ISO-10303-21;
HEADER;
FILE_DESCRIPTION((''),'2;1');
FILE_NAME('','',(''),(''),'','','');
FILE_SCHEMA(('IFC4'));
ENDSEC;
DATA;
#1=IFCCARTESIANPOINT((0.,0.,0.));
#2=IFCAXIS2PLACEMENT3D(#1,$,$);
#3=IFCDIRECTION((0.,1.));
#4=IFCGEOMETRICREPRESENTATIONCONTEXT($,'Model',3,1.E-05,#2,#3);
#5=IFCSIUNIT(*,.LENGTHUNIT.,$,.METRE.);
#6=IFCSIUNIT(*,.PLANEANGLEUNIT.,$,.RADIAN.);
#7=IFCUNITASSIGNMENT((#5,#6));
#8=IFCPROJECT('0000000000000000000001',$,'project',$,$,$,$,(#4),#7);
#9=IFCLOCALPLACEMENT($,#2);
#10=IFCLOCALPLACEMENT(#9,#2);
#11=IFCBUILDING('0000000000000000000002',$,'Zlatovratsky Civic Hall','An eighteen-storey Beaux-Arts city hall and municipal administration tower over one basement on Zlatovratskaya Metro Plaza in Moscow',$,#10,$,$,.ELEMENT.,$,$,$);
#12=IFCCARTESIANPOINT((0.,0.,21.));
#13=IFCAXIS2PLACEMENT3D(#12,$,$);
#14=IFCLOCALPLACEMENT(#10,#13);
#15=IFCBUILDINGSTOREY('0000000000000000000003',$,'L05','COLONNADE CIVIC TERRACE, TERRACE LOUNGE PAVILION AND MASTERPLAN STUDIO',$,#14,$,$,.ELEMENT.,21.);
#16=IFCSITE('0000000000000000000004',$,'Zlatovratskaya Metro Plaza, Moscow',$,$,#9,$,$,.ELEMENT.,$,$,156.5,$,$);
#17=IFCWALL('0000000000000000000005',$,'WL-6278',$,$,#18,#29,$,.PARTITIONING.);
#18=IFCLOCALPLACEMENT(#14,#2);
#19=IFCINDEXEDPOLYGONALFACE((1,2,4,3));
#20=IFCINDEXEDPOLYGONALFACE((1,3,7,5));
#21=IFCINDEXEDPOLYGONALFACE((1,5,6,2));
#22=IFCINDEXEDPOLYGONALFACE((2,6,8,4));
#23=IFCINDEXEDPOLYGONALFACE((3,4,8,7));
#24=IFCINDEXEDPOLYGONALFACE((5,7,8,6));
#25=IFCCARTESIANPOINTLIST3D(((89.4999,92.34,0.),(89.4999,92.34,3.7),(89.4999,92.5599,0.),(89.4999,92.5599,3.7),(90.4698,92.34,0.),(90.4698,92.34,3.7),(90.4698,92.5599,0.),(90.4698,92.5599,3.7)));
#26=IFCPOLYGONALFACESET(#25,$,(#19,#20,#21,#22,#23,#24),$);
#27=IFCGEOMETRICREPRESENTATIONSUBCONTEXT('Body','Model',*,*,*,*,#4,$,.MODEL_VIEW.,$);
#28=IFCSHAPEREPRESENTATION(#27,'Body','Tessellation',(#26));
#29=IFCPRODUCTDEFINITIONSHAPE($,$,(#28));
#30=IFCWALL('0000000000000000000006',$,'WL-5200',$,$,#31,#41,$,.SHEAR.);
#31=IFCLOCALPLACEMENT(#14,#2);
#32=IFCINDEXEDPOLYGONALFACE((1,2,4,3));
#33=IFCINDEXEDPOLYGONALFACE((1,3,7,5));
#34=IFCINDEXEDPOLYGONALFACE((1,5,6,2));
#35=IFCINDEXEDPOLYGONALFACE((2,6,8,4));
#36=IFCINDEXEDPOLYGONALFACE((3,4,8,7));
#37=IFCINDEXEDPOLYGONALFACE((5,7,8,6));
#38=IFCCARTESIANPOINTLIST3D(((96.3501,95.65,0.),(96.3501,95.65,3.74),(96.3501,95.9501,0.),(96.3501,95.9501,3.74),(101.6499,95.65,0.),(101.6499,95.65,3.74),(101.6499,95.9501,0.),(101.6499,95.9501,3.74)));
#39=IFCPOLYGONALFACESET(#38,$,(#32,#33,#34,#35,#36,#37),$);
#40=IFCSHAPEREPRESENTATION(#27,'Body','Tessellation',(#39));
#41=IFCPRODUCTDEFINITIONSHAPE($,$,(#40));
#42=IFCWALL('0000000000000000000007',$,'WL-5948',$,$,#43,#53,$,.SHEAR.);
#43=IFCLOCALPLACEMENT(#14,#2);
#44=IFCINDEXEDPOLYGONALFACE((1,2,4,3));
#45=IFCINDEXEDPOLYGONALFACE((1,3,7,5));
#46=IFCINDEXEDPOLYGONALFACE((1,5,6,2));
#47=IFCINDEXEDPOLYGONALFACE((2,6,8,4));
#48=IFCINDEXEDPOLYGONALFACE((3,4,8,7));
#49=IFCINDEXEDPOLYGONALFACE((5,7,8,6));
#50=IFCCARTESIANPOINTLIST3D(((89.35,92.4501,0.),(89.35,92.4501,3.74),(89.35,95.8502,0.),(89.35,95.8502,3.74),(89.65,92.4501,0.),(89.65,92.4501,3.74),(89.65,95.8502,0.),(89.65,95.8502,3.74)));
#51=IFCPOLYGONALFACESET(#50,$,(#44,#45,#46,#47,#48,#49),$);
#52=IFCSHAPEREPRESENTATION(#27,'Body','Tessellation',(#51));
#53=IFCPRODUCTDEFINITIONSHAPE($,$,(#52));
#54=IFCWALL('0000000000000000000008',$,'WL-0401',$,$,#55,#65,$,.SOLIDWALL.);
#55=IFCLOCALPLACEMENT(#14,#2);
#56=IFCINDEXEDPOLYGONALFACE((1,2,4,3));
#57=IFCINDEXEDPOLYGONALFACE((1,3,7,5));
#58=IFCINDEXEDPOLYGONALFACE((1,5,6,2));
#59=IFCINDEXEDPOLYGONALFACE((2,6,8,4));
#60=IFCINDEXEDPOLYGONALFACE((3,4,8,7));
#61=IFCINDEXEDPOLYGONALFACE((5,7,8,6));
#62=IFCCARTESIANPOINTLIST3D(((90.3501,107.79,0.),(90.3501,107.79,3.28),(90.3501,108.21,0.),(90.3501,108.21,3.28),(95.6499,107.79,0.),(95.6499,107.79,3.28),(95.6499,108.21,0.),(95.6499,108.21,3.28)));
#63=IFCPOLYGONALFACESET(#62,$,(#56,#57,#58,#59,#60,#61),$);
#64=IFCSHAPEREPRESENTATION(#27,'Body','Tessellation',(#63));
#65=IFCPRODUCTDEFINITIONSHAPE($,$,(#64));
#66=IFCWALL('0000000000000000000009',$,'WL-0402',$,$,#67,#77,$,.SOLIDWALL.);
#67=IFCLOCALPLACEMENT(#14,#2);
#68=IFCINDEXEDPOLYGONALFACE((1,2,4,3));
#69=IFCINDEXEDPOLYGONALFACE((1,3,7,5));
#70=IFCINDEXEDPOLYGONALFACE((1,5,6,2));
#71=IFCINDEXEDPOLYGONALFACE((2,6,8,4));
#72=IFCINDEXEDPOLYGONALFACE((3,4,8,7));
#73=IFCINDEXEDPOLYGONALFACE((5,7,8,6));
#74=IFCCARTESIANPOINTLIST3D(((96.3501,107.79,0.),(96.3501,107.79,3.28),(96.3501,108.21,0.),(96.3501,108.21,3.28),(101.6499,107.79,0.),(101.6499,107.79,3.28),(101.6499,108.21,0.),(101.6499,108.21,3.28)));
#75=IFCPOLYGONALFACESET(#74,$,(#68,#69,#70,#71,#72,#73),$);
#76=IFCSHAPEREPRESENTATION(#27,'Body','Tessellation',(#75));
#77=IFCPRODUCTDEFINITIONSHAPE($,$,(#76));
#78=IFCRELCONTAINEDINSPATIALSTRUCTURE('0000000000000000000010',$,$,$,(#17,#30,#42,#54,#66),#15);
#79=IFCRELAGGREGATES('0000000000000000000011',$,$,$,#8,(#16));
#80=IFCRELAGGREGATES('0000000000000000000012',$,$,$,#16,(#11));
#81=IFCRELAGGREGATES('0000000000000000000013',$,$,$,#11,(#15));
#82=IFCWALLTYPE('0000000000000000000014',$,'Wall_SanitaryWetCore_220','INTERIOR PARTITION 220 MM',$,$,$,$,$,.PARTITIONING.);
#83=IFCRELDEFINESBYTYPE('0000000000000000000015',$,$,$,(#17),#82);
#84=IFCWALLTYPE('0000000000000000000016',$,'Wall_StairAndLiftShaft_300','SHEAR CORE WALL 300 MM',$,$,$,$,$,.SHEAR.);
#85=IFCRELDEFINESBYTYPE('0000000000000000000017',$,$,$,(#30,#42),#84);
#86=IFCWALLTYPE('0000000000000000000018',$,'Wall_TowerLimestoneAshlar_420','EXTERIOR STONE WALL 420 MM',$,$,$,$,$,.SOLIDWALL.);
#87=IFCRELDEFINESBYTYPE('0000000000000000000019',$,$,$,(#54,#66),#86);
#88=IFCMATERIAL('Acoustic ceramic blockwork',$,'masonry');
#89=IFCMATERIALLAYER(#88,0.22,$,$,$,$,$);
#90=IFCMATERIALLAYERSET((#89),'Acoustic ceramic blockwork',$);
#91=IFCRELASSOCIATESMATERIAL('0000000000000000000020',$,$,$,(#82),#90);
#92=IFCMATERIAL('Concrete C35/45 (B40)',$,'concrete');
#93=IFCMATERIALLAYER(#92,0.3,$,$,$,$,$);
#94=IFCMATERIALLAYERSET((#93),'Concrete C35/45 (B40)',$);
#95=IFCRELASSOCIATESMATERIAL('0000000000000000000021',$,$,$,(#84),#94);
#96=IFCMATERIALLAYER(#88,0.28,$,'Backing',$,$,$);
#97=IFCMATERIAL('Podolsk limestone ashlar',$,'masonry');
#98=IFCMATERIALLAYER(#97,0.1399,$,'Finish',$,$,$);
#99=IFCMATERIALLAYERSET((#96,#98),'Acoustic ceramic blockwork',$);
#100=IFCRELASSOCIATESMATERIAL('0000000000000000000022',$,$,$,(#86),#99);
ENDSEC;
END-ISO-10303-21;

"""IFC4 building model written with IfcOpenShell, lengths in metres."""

from ifc_helpers import new_model, si_unit, direction, frame, frame_2d, origin, place, context, subcontext, project, spatial, rectangle, extrude, material, layer, layer_set, type_object, element, save


model = new_model("IFC4")

# Units and contexts
model_context = context("Model", 3, precision=1e-05, world=origin(), true_north=direction((0.0, 1.0)))
body_context = subcontext(model_context, "Body", "Model", "MODEL_VIEW")
ifc_project = project(units=[si_unit("LENGTHUNIT", "METRE"), si_unit("PLANEANGLEUNIT", "RADIAN")], contexts=[model_context])

# Site, building, storey
site_placement = place(None, origin())
site = spatial("IfcSite", under=ifc_project, at=site_placement, Name="Zlatovratskaya Metro Plaza, Moscow", CompositionType="ELEMENT", RefElevation=156.5)
building_placement = place(site_placement, origin())
building = spatial("IfcBuilding", under=site, at=building_placement, Name="Zlatovratsky Civic Hall", Description="An eighteen-storey Beaux-Arts city hall and municipal administration tower over one basement on Zlatovratskaya Metro Plaza in Moscow", CompositionType="ELEMENT")
storey_placement = place(building_placement, frame((0.0, 0.0, 21.0)))
storey = spatial("IfcBuildingStorey", under=building, at=storey_placement, Name="L05", Description="COLONNADE CIVIC TERRACE, TERRACE LOUNGE PAVILION AND MASTERPLAN STUDIO", CompositionType="ELEMENT", Elevation=21.0)

# Shared definitions
ifc_material_1 = material(Name="Concrete C35/45 (B40)", Category="concrete")

# Walls
ifc_material_2 = material(Name="Acoustic ceramic blockwork", Category="masonry")
ifc_layer_1 = layer(ifc_material_2, 0.22)
ifc_layer_set_1 = layer_set([ifc_layer_1], Name="Acoustic ceramic blockwork")
wall_type_1 = type_object("IfcWallType", Name="Wall_SanitaryWetCore_220", Description="INTERIOR PARTITION 220 MM", PredefinedType="PARTITIONING", material=ifc_layer_set_1)
wall_1_placement = place(storey_placement, frame((89.5, 92.45, 0.0), z_axis=(0.0, 0.0, 1.0), x_axis=(1.0, 0.0, 0.0)))
element("IfcWall", 1, at=wall_1_placement, inside=storey, type_object=wall_type_1, Name="WL-6278", PredefinedType="PARTITIONING", context=body_context, shape_type="SweptSolid", body=[
    extrude(rectangle(XDim=0.97, YDim=0.22, at=frame_2d((0.4849, 0.0))), origin(), (0.0, 0.0, 1.0), 3.7),
])
ifc_layer_2 = layer(ifc_material_1, 0.3)
ifc_layer_set_2 = layer_set([ifc_layer_2], Name="Concrete C35/45 (B40)")
wall_type_2 = type_object("IfcWallType", Name="Wall_StairAndLiftShaft_300", Description="SHEAR CORE WALL 300 MM", PredefinedType="SHEAR", material=ifc_layer_set_2)
wall_2_placement = place(storey_placement, frame((96.3501, 95.8, 0.0), z_axis=(0.0, 0.0, 1.0), x_axis=(1.0, 0.0, 0.0)))
element("IfcWall", 2, at=wall_2_placement, inside=storey, type_object=wall_type_2, Name="WL-5200", PredefinedType="SHEAR", context=body_context, shape_type="SweptSolid", body=[
    extrude(rectangle(XDim=5.2998, YDim=0.3, at=frame_2d((2.6499, 0.0))), origin(), (0.0, 0.0, 1.0), 3.74),
])
wall_3_placement = place(storey_placement, frame((89.5, 92.45, 0.0), z_axis=(0.0, 0.0, 1.0), x_axis=(0.0, 1.0, 0.0)))
element("IfcWall", 3, at=wall_3_placement, inside=storey, type_object=wall_type_2, Name="WL-5948", PredefinedType="SHEAR", context=body_context, shape_type="SweptSolid", body=[
    extrude(rectangle(XDim=3.4001, YDim=0.3, at=frame_2d((1.7002, 0.0))), origin(), (0.0, 0.0, 1.0), 3.74),
])
ifc_layer_3 = layer(ifc_material_2, 0.28, Name="Backing")
ifc_material_3 = material(Name="Podolsk limestone ashlar", Category="masonry")
ifc_layer_4 = layer(ifc_material_3, 0.1399, Name="Finish")
ifc_layer_set_3 = layer_set([ifc_layer_3, ifc_layer_4], Name="Acoustic ceramic blockwork")
wall_type_3 = type_object("IfcWallType", Name="Wall_TowerLimestoneAshlar_420", Description="EXTERIOR STONE WALL 420 MM", PredefinedType="SOLIDWALL", material=ifc_layer_set_3)
for number, where, z_axis, x_axis, name in (
    (4, (90.3501, 108.0, 0.0), (0.0, 0.0, 1.0), (1.0, 0.0, 0.0), "WL-0401"),
    (5, (96.3501, 108.0, 0.0), (0.0, 0.0, 1.0), (1.0, 0.0, 0.0), "WL-0402"),
):
    element("IfcWall", number, at=place(storey_placement, frame(where, z_axis=z_axis, x_axis=x_axis)), inside=storey, type_object=wall_type_3, Name=name, PredefinedType="SOLIDWALL", context=body_context, shape_type="SweptSolid", body=[
        extrude(rectangle(XDim=5.2998, YDim=0.4199, at=frame_2d((2.6499, 0.0))), origin(), (0.0, 0.0, 1.0), 3.28),
    ])

save(model, "model.ifc")
